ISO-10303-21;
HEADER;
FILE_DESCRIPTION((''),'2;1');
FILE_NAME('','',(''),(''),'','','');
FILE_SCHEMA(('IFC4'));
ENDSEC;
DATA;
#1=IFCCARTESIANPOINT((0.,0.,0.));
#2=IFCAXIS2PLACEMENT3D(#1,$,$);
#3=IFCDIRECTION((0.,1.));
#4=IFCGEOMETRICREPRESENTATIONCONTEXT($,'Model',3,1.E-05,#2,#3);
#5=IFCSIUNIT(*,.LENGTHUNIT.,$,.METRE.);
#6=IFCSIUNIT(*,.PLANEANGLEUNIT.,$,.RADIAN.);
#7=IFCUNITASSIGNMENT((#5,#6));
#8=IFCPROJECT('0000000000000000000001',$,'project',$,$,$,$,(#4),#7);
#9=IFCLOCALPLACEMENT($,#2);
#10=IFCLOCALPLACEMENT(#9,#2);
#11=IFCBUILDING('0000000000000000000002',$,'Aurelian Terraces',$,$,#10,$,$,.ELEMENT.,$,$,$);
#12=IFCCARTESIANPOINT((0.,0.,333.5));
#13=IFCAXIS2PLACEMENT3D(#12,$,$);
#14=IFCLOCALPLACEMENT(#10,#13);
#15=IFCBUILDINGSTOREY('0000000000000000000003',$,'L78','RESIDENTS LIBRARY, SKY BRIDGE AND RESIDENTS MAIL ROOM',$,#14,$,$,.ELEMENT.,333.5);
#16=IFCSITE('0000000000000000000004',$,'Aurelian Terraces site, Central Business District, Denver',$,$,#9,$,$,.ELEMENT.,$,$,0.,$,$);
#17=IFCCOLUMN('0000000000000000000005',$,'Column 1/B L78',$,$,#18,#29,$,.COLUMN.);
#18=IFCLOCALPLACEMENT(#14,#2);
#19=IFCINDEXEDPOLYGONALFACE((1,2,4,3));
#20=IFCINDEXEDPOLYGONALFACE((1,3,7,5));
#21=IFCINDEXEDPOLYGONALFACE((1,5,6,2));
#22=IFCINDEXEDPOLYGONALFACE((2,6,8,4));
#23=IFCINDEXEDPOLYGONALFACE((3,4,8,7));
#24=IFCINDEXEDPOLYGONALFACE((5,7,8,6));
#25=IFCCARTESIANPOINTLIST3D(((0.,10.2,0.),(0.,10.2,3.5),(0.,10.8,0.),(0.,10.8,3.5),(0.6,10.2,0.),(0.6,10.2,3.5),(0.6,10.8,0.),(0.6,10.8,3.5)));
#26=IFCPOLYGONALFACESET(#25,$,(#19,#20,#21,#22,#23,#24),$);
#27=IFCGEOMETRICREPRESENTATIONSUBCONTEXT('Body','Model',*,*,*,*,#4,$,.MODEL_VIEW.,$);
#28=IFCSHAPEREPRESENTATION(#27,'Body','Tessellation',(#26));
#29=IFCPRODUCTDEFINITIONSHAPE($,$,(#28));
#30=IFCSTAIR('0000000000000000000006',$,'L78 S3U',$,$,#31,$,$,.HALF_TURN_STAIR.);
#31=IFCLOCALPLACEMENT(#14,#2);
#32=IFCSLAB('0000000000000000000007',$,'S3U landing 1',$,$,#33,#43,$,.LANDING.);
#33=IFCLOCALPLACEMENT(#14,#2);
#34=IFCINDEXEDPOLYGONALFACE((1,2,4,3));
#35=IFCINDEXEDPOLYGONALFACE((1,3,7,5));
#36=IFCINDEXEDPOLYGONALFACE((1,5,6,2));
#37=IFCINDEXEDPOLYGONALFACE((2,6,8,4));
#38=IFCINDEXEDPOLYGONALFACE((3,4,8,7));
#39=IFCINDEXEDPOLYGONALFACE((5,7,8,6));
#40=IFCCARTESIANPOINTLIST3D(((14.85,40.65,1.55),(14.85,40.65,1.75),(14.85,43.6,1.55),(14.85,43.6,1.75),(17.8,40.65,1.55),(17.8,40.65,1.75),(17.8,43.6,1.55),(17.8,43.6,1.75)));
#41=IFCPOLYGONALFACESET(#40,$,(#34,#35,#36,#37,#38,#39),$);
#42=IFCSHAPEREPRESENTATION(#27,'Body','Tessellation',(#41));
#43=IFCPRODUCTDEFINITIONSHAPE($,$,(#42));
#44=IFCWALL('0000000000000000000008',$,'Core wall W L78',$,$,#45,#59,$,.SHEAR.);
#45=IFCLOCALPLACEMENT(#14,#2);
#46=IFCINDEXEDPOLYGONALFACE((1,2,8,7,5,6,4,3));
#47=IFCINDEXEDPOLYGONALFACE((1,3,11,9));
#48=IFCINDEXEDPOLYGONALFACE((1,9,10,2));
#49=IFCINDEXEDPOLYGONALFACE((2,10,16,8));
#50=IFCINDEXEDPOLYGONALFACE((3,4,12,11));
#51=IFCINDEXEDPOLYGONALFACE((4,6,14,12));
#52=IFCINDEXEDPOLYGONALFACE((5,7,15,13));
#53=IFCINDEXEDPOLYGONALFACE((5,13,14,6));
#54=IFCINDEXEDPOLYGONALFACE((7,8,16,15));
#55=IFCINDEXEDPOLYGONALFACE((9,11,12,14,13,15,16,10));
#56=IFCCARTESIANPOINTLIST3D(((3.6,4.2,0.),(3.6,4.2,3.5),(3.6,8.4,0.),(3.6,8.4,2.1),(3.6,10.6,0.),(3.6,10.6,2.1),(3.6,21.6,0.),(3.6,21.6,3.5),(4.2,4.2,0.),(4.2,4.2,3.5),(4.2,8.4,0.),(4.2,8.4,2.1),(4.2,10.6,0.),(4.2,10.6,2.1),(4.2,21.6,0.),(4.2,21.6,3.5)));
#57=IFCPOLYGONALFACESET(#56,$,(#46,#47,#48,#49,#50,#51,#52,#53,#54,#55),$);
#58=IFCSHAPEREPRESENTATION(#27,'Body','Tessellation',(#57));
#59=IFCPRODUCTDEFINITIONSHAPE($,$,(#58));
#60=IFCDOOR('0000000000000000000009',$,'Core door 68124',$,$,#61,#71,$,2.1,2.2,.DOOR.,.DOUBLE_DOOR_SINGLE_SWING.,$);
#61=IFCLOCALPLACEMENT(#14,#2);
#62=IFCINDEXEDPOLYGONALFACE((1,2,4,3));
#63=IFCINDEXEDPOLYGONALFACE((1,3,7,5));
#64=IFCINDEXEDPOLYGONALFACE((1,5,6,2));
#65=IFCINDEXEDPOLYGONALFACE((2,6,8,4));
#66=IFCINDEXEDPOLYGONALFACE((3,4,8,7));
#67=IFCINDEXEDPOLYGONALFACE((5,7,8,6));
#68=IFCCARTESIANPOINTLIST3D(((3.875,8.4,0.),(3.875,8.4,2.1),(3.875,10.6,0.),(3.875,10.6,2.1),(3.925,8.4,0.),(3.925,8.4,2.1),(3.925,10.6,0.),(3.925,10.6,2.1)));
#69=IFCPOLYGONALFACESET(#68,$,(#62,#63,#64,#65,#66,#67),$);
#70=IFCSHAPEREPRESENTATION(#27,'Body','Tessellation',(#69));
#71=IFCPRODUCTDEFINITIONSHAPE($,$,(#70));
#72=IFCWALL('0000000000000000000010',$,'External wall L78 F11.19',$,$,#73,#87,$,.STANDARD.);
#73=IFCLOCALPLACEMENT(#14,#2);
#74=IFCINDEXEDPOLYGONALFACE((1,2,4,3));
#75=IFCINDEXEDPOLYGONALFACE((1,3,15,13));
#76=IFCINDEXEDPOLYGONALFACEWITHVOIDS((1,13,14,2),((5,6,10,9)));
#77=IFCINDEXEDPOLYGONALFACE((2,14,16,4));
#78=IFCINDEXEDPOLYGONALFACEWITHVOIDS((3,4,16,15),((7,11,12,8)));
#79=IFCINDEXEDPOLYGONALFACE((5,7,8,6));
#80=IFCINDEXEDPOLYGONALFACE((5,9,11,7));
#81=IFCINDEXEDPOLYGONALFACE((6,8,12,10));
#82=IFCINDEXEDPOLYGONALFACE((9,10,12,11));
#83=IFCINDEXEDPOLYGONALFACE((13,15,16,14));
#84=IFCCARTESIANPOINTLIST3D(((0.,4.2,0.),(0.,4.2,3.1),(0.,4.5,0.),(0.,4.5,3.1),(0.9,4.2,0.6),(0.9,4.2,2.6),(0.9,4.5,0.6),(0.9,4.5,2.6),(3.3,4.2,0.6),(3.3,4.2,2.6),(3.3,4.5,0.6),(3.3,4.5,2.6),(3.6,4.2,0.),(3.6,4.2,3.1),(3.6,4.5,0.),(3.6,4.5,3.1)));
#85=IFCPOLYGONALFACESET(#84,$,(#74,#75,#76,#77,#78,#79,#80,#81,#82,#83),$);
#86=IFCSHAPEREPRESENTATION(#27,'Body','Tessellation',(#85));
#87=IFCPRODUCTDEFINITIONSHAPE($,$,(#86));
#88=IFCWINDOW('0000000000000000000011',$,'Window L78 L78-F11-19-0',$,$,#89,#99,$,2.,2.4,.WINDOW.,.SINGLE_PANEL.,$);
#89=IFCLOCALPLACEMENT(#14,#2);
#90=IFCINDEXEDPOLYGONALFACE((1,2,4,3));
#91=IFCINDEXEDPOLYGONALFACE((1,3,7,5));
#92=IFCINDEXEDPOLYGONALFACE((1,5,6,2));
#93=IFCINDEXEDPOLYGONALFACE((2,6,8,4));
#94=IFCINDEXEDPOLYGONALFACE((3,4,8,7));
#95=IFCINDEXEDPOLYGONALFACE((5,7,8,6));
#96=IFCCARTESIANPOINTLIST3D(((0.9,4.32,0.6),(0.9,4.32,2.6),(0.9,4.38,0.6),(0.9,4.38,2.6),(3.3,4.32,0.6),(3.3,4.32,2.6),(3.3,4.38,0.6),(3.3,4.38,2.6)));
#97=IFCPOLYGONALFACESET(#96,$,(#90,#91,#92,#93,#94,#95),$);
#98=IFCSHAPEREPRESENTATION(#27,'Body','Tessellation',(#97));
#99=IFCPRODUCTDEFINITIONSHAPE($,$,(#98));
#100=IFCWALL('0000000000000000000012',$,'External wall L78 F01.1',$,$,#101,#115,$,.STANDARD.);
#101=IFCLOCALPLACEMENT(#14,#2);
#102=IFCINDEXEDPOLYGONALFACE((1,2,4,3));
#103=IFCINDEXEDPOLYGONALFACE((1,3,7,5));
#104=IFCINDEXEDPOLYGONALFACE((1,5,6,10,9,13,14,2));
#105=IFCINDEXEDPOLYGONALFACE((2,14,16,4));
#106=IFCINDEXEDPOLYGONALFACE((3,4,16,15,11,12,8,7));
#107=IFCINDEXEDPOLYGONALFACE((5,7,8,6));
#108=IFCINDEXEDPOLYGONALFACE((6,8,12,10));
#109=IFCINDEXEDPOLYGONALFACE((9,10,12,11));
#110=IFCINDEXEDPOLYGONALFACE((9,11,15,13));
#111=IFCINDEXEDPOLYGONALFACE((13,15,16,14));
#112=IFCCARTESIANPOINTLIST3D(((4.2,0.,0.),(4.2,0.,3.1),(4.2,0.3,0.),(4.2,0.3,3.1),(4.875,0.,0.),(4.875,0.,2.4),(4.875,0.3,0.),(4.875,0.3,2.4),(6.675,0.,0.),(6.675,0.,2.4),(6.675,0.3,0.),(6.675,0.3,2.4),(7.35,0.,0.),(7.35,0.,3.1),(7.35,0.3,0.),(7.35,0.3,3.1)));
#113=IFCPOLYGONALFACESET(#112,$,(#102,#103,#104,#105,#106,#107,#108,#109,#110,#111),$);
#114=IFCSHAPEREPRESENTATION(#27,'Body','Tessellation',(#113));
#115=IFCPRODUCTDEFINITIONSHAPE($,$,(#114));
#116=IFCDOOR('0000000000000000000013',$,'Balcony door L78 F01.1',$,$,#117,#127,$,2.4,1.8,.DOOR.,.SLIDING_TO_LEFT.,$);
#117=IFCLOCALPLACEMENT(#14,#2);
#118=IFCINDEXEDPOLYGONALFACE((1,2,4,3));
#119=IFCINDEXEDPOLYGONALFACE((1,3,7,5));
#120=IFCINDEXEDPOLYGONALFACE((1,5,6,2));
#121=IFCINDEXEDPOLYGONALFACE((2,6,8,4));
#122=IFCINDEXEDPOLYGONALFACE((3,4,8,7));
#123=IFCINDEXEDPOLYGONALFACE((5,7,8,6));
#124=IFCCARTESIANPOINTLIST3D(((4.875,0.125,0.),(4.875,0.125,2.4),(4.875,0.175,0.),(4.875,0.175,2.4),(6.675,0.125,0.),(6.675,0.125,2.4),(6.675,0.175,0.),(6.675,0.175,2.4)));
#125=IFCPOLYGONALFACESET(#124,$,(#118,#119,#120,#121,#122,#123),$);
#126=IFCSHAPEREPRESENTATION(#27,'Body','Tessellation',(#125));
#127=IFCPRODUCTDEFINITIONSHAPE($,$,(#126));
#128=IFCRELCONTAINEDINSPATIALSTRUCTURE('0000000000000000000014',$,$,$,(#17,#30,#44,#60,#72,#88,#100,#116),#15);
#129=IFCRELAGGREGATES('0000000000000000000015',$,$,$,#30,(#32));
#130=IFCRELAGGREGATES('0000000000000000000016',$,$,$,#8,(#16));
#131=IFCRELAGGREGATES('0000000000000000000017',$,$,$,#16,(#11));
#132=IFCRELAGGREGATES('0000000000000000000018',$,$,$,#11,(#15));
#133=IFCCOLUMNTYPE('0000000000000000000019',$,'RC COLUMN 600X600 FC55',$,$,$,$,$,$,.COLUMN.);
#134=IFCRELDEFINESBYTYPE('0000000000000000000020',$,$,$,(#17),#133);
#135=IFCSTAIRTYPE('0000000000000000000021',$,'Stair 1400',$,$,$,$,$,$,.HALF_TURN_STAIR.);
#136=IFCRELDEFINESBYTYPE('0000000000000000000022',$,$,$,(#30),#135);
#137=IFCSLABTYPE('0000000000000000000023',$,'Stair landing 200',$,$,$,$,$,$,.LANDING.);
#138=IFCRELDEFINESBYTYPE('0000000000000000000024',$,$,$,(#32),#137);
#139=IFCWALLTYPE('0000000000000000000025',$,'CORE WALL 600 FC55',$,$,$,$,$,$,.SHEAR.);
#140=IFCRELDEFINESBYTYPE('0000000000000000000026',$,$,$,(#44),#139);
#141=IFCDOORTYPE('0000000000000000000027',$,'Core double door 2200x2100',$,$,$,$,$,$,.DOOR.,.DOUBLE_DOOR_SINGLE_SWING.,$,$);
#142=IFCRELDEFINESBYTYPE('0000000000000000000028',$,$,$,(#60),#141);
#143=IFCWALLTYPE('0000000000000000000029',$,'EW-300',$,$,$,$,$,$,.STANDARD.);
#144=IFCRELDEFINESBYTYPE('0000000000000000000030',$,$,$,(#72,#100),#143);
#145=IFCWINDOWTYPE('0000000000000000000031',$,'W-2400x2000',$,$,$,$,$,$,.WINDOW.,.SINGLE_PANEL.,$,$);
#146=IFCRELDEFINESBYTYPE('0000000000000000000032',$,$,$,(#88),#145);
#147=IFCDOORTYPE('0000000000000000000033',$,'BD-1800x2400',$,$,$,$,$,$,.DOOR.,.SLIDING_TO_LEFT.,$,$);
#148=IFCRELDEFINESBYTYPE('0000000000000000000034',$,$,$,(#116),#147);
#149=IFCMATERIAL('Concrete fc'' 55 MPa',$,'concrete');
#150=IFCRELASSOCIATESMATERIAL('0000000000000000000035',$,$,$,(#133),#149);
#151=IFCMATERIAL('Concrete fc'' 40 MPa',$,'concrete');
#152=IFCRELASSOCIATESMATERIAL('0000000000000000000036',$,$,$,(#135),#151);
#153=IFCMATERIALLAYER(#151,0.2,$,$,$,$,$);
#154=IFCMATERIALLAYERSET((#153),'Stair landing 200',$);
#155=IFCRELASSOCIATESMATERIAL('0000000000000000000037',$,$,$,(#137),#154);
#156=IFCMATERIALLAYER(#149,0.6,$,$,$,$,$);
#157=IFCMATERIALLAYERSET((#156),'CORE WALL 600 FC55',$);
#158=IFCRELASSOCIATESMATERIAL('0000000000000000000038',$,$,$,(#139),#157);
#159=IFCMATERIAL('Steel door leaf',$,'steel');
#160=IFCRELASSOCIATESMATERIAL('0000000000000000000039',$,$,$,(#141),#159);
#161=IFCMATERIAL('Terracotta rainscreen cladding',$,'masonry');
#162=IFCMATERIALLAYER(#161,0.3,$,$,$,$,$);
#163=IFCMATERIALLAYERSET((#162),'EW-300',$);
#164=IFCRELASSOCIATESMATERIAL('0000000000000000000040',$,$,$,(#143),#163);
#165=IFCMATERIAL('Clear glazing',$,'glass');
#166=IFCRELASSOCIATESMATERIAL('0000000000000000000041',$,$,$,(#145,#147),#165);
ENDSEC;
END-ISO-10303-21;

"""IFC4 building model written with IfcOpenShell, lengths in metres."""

from ifc_helpers import new_model, si_unit, direction, frame, frame_2d, origin, origin_2d, place, context, subcontext, project, spatial, polyline, rectangle, outline, extrude, source, transform, mapped, material, layer, layer_set, material_profile, profile_set, type_object, element, fill, aggregate, save


model = new_model("IFC4")

# Units and contexts
model_context = context("Model", 3, precision=1e-05, world=origin(), true_north=direction((0.0, 1.0)))
body_context = subcontext(model_context, "Body", "Model", "MODEL_VIEW")
ifc_project = project(units=[si_unit("LENGTHUNIT", "METRE"), si_unit("PLANEANGLEUNIT", "RADIAN")], contexts=[model_context])

# Site, building, storey
site_placement = place(None, origin())
site = spatial("IfcSite", under=ifc_project, at=site_placement, Name="Aurelian Terraces site, Central Business District, Denver", CompositionType="ELEMENT", RefElevation=0.0)
building_placement = place(site_placement, origin())
building = spatial("IfcBuilding", under=site, at=building_placement, Name="Aurelian Terraces", CompositionType="ELEMENT")
storey_placement = place(building_placement, frame((0.0, 0.0, 333.5)))
storey = spatial("IfcBuildingStorey", under=building, at=storey_placement, Name="L78", Description="RESIDENTS LIBRARY, SKY BRIDGE AND RESIDENTS MAIL ROOM", CompositionType="ELEMENT", Elevation=333.5)

# Column
ifc_material_1 = material(Name="Concrete fc' 55 MPa", Category="concrete")
ifc_material_profile = material_profile(ifc_material_1, rectangle(XDim=0.6, YDim=0.6, at=origin_2d()))
ifc_profile_set = profile_set([ifc_material_profile], Name="Concrete fc' 55 MPa")
column_type = type_object("IfcColumnType", Name="RC COLUMN 600X600 FC55", PredefinedType="COLUMN", material=ifc_profile_set)
shared_shape_1 = source(origin(), body_context, "Body", "SweptSolid", [
    extrude(rectangle(XDim=0.6, YDim=0.6, at=origin_2d()), origin(), (0.0, 0.0, 1.0), 3.5),
])
column_placement = place(storey_placement, frame((0.3, 10.5, 0.0), z_axis=(0.0, 0.0, 1.0), x_axis=(1.0, 0.0, 0.0)))
element("IfcColumn", 1, at=column_placement, inside=storey, type_object=column_type, Name="Column 1/B L78", PredefinedType="COLUMN", context=body_context, shape_type="MappedRepresentation", body=[
    mapped(shared_shape_1, transform((0.0, 0.0, 0.0), scale=1.0)),
])

# Stair, slab
ifc_material_2 = material(Name="Concrete fc' 40 MPa", Category="concrete")
stair_type = type_object("IfcStairType", Name="Stair 1400", PredefinedType="HALF_TURN_STAIR", material=ifc_material_2)
stair_placement = place(storey_placement, origin())
stair = element("IfcStair", 2, at=stair_placement, inside=storey, type_object=stair_type, Name="L78 S3U", PredefinedType="HALF_TURN_STAIR")
ifc_layer_1 = layer(ifc_material_2, 0.2)
ifc_layer_set_1 = layer_set([ifc_layer_1], Name="Stair landing 200")
slab_type = type_object("IfcSlabType", Name="Stair landing 200", PredefinedType="LANDING", material=ifc_layer_set_1)
shared_shape_2 = source(origin(), body_context, "Body", "SweptSolid", [
    extrude(outline(polyline([(14.85, 40.65), (17.8, 40.65), (17.8, 43.6), (14.85, 43.6), (14.85, 40.65)])), origin(), (0.0, 0.0, 1.0), 0.2),
])
slab_placement = place(storey_placement, frame((0.0, 0.0, 1.55)))
slab = element("IfcSlab", 3, at=slab_placement, type_object=slab_type, Name="S3U landing 1", PredefinedType="LANDING", context=body_context, shape_type="MappedRepresentation", body=[
    mapped(shared_shape_2, transform((0.0, 0.0, 0.0), scale=1.0)),
])
aggregate(stair, [slab])

# Wall, opening, door
ifc_layer_2 = layer(ifc_material_1, 0.6)
ifc_layer_set_2 = layer_set([ifc_layer_2], Name="CORE WALL 600 FC55")
wall_type_1 = type_object("IfcWallType", Name="CORE WALL 600 FC55", PredefinedType="SHEAR", material=ifc_layer_set_2)
shared_shape_3 = source(origin(), body_context, "Body", "SweptSolid", [
    extrude(rectangle(XDim=17.4, YDim=0.6, at=frame_2d((8.7, 0.0))), origin(), (0.0, 0.0, 1.0), 3.5),
])
wall_1_placement = place(storey_placement, frame((3.9, 4.2, 0.0), z_axis=(0.0, 0.0, 1.0), x_axis=(0.0, 1.0, 0.0)))
wall_1 = element("IfcWall", 4, at=wall_1_placement, inside=storey, type_object=wall_type_1, Name="Core wall W L78", PredefinedType="SHEAR", context=body_context, shape_type="MappedRepresentation", body=[
    mapped(shared_shape_3, transform((0.0, 0.0, 0.0), scale=1.0)),
])
shared_shape_4 = source(origin(), body_context, "Body", "SweptSolid", [
    extrude(rectangle(XDim=2.2, YDim=2.1, at=frame_2d((1.1, 1.05))), frame((0.0, 0.31, 0.0), z_axis=(0.0, -1.0, 0.0), x_axis=(1.0, 0.0, 0.0)), (0.0, 0.0, 1.0), 0.62),
])
opening_1_placement = place(wall_1_placement, frame((4.2, 0.0, 0.0)))
opening_1 = element("IfcOpeningElement", 5, at=opening_1_placement, cuts=wall_1, PredefinedType="OPENING", context=body_context, shape_type="MappedRepresentation", body=[
    mapped(shared_shape_4, transform((0.0, 0.0, 0.0), scale=1.0)),
])
ifc_material_3 = material(Name="Steel door leaf", Category="steel")
door_type_1 = type_object("IfcDoorType", Name="Core double door 2200x2100", OperationType="DOUBLE_DOOR_SINGLE_SWING", PredefinedType="DOOR", material=ifc_material_3)
shared_shape_5 = source(origin(), body_context, "Body", "SweptSolid", [
    extrude(rectangle(XDim=2.2, YDim=2.1, at=frame_2d((1.1, 1.05))), frame((0.0, 0.025, 0.0), z_axis=(0.0, -1.0, 0.0), x_axis=(1.0, 0.0, 0.0)), (0.0, 0.0, 1.0), 0.05),
])
door_1_placement = place(opening_1_placement, origin())
door_1 = element("IfcDoor", 6, at=door_1_placement, inside=storey, type_object=door_type_1, Name="Core door 68124", OperationType="DOUBLE_DOOR_SINGLE_SWING", OverallHeight=2.1, OverallWidth=2.2, PredefinedType="DOOR", context=body_context, shape_type="MappedRepresentation", body=[
    mapped(shared_shape_5, transform((0.0, 0.0, 0.0), scale=1.0)),
])
fill(opening_1, door_1)

# Wall, opening, window
ifc_material_4 = material(Name="Terracotta rainscreen cladding", Category="masonry")
ifc_layer_3 = layer(ifc_material_4, 0.3)
ifc_layer_set_3 = layer_set([ifc_layer_3], Name="EW-300")
wall_type_2 = type_object("IfcWallType", Name="EW-300", PredefinedType="STANDARD", material=ifc_layer_set_3)
shared_shape_6 = source(origin(), body_context, "Body", "SweptSolid", [
    extrude(rectangle(XDim=3.6, YDim=0.3, at=frame_2d((1.8, 0.0))), origin(), (0.0, 0.0, 1.0), 3.1),
])
wall_2_placement = place(storey_placement, frame((0.0, 4.35, 0.0), z_axis=(0.0, 0.0, 1.0), x_axis=(1.0, 0.0, 0.0)))
wall_2 = element("IfcWall", 7, at=wall_2_placement, inside=storey, type_object=wall_type_2, Name="External wall L78 F11.19", PredefinedType="STANDARD", context=body_context, shape_type="MappedRepresentation", body=[
    mapped(shared_shape_6, transform((0.0, 0.0, 0.0), scale=1.0)),
])
shared_shape_7 = source(origin(), body_context, "Body", "SweptSolid", [
    extrude(rectangle(XDim=2.4, YDim=2.0, at=frame_2d((1.2, 1.0))), frame((0.0, 0.16, 0.0), z_axis=(0.0, -1.0, 0.0), x_axis=(1.0, 0.0, 0.0)), (0.0, 0.0, 1.0), 0.32),
])
opening_2_placement = place(wall_2_placement, frame((0.9, 0.0, 0.6)))
opening_2 = element("IfcOpeningElement", 8, at=opening_2_placement, cuts=wall_2, PredefinedType="OPENING", context=body_context, shape_type="MappedRepresentation", body=[
    mapped(shared_shape_7, transform((0.0, 0.0, 0.0), scale=1.0)),
])
ifc_material_5 = material(Name="Clear glazing", Category="glass")
window_type_1 = type_object("IfcWindowType", Name="W-2400x2000", PartitioningType="SINGLE_PANEL", PredefinedType="WINDOW", material=ifc_material_5)
shared_shape_8 = source(origin(), body_context, "Body", "SweptSolid", [
    extrude(rectangle(XDim=2.4, YDim=2.0, at=frame_2d((1.2, 1.0))), frame((0.0, 0.03, 0.0), z_axis=(0.0, -1.0, 0.0), x_axis=(1.0, 0.0, 0.0)), (0.0, 0.0, 1.0), 0.06),
])
window_1_placement = place(opening_2_placement, origin())
window_1 = element("IfcWindow", 9, at=window_1_placement, inside=storey, type_object=window_type_1, Name="Window L78 L78-F11-19-0", OverallHeight=2.0, OverallWidth=2.4, PartitioningType="SINGLE_PANEL", PredefinedType="WINDOW", context=body_context, shape_type="MappedRepresentation", body=[
    mapped(shared_shape_8, transform((0.0, 0.0, 0.0), scale=1.0)),
])
fill(opening_2, window_1)

# Wall, opening, door
shared_shape_9 = source(origin(), body_context, "Body", "SweptSolid", [
    extrude(rectangle(XDim=3.15, YDim=0.3, at=frame_2d((1.575, 0.0))), origin(), (0.0, 0.0, 1.0), 3.1),
])
wall_3_placement = place(storey_placement, frame((4.2, 0.15, 0.0), z_axis=(0.0, 0.0, 1.0), x_axis=(1.0, 0.0, 0.0)))
wall_3 = element("IfcWall", 10, at=wall_3_placement, inside=storey, type_object=wall_type_2, Name="External wall L78 F01.1", PredefinedType="STANDARD", context=body_context, shape_type="MappedRepresentation", body=[
    mapped(shared_shape_9, transform((0.0, 0.0, 0.0), scale=1.0)),
])
shared_shape_10 = source(origin(), body_context, "Body", "SweptSolid", [
    extrude(rectangle(XDim=1.8, YDim=2.4, at=frame_2d((0.9, 1.2))), frame((0.0, 0.16, 0.0), z_axis=(0.0, -1.0, 0.0), x_axis=(1.0, 0.0, 0.0)), (0.0, 0.0, 1.0), 0.32),
])
opening_3_placement = place(wall_3_placement, frame((0.675, 0.0, 0.0)))
opening_3 = element("IfcOpeningElement", 11, at=opening_3_placement, cuts=wall_3, PredefinedType="OPENING", context=body_context, shape_type="MappedRepresentation", body=[
    mapped(shared_shape_10, transform((0.0, 0.0, 0.0), scale=1.0)),
])
door_type_2 = type_object("IfcDoorType", Name="BD-1800x2400", OperationType="SLIDING_TO_LEFT", PredefinedType="DOOR", material=ifc_material_5)
shared_shape_11 = source(origin(), body_context, "Body", "SweptSolid", [
    extrude(rectangle(XDim=1.8, YDim=2.4, at=frame_2d((0.9, 1.2))), frame((0.0, 0.025, 0.0), z_axis=(0.0, -1.0, 0.0), x_axis=(1.0, 0.0, 0.0)), (0.0, 0.0, 1.0), 0.05),
])
door_2_placement = place(opening_3_placement, origin())
door_2 = element("IfcDoor", 12, at=door_2_placement, inside=storey, type_object=door_type_2, Name="Balcony door L78 F01.1", OperationType="SLIDING_TO_LEFT", OverallHeight=2.4, OverallWidth=1.8, PredefinedType="DOOR", context=body_context, shape_type="MappedRepresentation", body=[
    mapped(shared_shape_11, transform((0.0, 0.0, 0.0), scale=1.0)),
])
fill(opening_3, door_2)

save(model, "model.ifc")
